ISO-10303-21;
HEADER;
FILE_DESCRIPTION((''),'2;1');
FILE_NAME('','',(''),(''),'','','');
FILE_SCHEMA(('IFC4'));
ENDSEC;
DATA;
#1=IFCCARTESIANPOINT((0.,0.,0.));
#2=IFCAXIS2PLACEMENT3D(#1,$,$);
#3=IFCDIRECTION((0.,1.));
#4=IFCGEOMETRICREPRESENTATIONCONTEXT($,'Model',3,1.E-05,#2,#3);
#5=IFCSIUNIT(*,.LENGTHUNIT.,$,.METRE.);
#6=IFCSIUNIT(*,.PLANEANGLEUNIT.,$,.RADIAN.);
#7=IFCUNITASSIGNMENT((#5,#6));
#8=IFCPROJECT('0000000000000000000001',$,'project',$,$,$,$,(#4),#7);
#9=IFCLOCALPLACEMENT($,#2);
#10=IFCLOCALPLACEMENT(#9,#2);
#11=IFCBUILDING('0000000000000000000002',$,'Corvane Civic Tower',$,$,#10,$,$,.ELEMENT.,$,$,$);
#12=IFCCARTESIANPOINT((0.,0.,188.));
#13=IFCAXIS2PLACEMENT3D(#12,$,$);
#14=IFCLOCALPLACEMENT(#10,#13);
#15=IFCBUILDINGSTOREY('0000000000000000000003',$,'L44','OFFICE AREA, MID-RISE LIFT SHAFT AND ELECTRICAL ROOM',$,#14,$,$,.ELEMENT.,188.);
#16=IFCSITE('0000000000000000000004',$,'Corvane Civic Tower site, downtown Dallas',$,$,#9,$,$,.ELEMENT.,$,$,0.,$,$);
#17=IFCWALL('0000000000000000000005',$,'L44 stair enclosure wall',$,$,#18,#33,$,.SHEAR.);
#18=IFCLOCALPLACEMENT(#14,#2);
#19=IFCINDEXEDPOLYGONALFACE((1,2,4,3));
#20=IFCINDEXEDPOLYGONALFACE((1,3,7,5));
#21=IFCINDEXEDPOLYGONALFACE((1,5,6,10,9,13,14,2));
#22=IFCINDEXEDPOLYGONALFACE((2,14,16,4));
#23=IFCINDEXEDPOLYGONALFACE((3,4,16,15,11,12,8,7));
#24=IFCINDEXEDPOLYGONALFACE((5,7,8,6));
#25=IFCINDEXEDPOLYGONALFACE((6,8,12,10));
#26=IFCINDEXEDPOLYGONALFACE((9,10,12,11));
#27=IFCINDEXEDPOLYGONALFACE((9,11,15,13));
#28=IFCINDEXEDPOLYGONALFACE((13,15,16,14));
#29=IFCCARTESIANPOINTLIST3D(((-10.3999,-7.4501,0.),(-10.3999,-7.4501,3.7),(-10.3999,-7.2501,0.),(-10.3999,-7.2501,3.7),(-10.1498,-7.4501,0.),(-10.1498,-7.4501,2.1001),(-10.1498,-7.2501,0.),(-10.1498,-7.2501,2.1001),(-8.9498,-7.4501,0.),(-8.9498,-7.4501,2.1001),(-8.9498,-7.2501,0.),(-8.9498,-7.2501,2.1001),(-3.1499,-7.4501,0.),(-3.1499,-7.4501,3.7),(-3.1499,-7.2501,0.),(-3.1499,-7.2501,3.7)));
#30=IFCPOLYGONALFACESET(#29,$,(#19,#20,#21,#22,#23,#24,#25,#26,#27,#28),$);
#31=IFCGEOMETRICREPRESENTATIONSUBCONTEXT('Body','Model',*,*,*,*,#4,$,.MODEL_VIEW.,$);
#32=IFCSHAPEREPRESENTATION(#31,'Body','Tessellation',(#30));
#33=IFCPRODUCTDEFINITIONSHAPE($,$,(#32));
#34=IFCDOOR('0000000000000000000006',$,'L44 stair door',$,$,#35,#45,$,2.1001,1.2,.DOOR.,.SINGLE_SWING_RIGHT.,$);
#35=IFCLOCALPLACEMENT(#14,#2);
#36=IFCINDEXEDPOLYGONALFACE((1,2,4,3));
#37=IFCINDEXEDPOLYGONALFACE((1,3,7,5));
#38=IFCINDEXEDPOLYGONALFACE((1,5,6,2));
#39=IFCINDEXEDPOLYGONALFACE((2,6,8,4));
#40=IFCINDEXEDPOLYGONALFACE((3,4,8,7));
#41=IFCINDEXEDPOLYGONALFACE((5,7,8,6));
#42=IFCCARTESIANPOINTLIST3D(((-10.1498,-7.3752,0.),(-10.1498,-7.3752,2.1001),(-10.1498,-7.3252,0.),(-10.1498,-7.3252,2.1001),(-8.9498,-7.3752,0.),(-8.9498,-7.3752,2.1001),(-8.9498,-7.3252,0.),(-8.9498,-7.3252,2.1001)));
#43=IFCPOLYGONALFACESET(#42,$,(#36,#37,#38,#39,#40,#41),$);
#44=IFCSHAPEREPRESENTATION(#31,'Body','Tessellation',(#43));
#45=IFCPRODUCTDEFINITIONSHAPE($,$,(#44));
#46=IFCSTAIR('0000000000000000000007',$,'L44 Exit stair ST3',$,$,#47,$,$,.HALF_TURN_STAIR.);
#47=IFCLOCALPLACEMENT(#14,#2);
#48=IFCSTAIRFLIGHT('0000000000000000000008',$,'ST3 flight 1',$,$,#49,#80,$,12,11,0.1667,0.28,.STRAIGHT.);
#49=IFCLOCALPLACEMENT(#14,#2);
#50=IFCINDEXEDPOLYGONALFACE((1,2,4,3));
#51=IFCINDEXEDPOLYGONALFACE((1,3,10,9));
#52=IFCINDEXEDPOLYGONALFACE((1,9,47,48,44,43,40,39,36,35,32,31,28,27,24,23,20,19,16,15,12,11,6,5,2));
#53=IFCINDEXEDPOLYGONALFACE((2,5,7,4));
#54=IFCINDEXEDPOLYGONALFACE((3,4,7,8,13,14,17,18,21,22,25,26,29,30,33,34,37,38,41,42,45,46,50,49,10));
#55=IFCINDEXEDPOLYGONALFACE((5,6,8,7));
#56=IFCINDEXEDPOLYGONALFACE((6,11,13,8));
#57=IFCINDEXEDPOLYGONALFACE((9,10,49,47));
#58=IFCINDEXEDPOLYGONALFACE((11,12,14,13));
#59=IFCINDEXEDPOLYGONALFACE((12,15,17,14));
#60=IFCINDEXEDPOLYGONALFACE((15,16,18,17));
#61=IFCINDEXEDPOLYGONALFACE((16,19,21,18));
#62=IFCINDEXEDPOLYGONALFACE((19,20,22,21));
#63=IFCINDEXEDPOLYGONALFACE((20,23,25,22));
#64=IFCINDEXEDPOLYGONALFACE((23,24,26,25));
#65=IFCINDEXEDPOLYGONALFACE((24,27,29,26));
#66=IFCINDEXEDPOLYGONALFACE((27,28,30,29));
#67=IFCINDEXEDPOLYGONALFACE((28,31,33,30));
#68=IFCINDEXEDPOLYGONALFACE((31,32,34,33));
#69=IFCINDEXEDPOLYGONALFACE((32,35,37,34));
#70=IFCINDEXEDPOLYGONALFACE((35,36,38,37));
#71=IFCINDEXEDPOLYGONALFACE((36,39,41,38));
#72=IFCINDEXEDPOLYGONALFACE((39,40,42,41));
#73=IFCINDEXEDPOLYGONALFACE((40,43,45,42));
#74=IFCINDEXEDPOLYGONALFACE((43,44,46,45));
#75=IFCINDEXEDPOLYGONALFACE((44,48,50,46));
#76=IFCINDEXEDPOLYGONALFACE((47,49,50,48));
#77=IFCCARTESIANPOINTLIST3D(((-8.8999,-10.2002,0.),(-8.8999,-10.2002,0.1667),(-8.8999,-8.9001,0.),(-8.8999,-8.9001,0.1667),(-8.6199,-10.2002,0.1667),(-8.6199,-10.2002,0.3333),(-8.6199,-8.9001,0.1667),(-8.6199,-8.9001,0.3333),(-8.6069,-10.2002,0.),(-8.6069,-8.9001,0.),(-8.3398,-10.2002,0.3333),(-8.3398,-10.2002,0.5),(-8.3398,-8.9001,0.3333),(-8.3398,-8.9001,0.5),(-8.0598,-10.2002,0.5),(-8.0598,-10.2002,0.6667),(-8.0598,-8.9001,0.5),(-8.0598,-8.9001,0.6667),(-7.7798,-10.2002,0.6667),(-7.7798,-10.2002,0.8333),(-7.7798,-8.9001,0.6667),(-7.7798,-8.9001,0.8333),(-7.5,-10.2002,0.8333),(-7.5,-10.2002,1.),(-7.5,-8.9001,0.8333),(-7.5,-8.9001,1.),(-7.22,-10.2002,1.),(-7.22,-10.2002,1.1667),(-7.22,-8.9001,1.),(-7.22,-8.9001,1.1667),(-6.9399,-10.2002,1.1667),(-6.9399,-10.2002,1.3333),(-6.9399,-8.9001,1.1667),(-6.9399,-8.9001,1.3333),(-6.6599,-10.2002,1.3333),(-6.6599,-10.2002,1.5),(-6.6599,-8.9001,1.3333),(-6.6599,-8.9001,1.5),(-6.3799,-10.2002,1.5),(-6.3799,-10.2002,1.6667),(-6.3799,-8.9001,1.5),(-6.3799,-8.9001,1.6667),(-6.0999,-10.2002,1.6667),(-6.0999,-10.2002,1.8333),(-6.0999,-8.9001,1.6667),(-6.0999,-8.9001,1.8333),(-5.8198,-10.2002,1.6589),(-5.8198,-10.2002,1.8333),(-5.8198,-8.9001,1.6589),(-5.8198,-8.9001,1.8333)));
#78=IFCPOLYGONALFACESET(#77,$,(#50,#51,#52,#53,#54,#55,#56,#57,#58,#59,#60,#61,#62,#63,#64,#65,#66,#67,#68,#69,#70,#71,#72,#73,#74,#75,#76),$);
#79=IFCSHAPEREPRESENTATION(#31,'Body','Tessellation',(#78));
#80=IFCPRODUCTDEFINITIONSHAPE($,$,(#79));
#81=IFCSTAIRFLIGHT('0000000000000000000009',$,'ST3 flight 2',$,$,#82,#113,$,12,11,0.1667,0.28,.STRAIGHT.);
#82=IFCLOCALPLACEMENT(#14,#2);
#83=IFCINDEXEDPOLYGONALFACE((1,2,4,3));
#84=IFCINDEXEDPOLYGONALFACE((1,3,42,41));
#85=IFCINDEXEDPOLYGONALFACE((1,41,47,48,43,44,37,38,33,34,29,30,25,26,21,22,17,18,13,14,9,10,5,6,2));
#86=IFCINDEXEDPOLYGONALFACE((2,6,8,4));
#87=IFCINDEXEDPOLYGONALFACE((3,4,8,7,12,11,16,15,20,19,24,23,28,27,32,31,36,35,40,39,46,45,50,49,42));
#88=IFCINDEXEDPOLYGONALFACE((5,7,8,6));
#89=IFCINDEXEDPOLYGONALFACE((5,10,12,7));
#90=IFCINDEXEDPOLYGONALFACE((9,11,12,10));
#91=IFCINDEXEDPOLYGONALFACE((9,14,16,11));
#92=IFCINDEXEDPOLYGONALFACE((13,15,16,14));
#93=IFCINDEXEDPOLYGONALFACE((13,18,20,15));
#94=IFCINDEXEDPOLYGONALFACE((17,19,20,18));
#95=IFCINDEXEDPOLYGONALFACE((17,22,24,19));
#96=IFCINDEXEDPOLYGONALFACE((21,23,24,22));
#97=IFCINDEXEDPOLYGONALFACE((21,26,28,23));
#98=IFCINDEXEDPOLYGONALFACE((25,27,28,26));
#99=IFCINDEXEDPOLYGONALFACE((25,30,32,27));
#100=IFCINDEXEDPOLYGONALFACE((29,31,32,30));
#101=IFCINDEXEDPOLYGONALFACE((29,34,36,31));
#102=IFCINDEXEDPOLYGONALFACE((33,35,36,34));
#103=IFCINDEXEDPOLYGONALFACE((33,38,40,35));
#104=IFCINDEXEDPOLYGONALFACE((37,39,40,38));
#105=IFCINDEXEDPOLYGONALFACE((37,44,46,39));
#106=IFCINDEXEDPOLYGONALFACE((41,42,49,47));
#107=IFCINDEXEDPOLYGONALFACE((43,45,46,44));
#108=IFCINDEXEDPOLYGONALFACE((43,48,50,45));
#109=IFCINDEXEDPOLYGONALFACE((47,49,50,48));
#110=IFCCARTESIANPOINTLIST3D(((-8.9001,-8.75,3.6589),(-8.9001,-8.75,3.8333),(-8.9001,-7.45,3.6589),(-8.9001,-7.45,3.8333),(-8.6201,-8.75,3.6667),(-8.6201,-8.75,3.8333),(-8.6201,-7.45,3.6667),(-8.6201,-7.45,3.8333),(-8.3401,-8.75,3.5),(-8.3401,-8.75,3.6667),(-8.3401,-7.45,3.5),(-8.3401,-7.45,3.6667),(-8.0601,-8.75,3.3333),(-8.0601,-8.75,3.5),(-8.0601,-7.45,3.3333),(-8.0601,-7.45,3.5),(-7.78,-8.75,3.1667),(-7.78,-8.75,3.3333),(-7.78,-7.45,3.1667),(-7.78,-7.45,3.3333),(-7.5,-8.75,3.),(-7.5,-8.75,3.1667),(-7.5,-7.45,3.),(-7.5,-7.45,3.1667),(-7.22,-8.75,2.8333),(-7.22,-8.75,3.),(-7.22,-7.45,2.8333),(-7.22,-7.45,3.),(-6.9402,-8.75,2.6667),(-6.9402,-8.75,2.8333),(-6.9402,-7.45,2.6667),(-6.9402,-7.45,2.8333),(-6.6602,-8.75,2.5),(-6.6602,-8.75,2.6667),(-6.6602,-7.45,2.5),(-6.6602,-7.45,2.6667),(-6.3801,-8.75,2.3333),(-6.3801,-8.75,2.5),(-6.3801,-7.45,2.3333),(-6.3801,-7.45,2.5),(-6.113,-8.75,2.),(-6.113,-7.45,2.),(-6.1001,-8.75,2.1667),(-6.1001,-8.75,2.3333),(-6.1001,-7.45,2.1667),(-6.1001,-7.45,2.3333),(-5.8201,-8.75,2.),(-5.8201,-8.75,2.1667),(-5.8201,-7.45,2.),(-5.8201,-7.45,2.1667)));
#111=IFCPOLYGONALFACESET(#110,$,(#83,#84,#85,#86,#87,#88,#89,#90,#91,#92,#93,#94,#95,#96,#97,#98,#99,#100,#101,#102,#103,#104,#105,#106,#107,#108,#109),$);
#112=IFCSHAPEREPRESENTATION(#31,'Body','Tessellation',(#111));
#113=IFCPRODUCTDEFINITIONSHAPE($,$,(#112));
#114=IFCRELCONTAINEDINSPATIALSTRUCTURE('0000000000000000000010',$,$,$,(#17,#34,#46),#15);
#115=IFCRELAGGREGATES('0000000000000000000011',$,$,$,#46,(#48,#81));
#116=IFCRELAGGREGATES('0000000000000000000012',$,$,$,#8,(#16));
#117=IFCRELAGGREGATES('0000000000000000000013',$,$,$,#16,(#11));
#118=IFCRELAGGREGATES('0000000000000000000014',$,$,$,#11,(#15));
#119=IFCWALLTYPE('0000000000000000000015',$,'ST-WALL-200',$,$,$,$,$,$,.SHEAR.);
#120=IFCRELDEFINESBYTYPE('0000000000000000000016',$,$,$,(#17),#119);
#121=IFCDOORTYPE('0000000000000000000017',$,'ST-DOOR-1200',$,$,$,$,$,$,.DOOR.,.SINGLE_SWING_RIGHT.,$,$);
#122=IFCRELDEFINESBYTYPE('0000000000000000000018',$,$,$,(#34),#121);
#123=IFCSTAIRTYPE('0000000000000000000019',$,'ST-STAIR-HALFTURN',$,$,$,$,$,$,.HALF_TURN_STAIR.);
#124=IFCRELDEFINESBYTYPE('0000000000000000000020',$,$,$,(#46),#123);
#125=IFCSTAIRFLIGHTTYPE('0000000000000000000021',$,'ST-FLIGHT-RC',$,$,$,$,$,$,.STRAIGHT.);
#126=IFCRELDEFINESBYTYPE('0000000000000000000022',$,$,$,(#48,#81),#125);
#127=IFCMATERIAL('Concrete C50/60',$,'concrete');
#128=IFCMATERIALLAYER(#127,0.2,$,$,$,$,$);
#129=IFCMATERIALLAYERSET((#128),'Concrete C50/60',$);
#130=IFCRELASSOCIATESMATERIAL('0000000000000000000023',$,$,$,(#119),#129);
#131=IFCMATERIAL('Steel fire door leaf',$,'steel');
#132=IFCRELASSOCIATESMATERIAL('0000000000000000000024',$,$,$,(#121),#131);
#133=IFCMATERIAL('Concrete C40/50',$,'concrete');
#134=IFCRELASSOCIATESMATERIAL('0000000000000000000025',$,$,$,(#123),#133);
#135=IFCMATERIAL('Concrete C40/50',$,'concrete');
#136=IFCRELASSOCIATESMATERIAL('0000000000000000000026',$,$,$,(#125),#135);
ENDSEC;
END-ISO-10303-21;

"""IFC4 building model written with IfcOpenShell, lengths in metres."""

from ifc_helpers import new_model, si_unit, direction, frame, frame_2d, origin, place, context, subcontext, project, spatial, polyline, rectangle, outline, extrude, material, layer, layer_set, type_object, element, fill, aggregate, save


model = new_model("IFC4")

# Units and contexts
model_context = context("Model", 3, precision=1e-05, world=origin(), true_north=direction((0.0, 1.0)))
body_context = subcontext(model_context, "Body", "Model", "MODEL_VIEW")
ifc_project = project(units=[si_unit("LENGTHUNIT", "METRE"), si_unit("PLANEANGLEUNIT", "RADIAN")], contexts=[model_context])

# Site, building, storey
site_placement = place(None, origin())
site = spatial("IfcSite", under=ifc_project, at=site_placement, Name="Corvane Civic Tower site, downtown Dallas", CompositionType="ELEMENT", RefElevation=0.0)
building_placement = place(site_placement, origin())
building = spatial("IfcBuilding", under=site, at=building_placement, Name="Corvane Civic Tower", CompositionType="ELEMENT")
storey_placement = place(building_placement, frame((0.0, 0.0, 188.0)))
storey = spatial("IfcBuildingStorey", under=building, at=storey_placement, Name="L44", Description="OFFICE AREA, MID-RISE LIFT SHAFT AND ELECTRICAL ROOM", CompositionType="ELEMENT", Elevation=188.0)

# Wall, opening, door
ifc_material_1 = material(Name="Concrete C50/60", Category="concrete")
ifc_layer_1 = layer(ifc_material_1, 0.2)
ifc_layer_set_1 = layer_set([ifc_layer_1], Name="Concrete C50/60")
wall_type_1 = type_object("IfcWallType", Name="ST-WALL-200", PredefinedType="SHEAR", material=ifc_layer_set_1)
wall_1_placement = place(storey_placement, frame((-10.3999, -7.3501, 0.0), z_axis=(0.0, 0.0, 1.0), x_axis=(1.0, 0.0, 0.0)))
wall_1 = element("IfcWall", 1, at=wall_1_placement, inside=storey, type_object=wall_type_1, Name="L44 stair enclosure wall", PredefinedType="SHEAR", context=body_context, shape_type="SweptSolid", body=[
    extrude(rectangle(XDim=7.25, YDim=0.2, at=frame_2d((3.625, 0.0))), origin(), (0.0, 0.0, 1.0), 3.7),
])
opening_1_placement = place(wall_1_placement, frame((0.25, 0.0, 0.0)))
opening_1 = element("IfcOpeningElement", 2, at=opening_1_placement, cuts=wall_1, PredefinedType="OPENING", context=body_context, shape_type="SweptSolid", body=[
    extrude(rectangle(XDim=1.2, YDim=2.1001, at=frame_2d((0.6001, 1.05))), frame((0.0, 0.1099, 0.0), z_axis=(0.0, -1.0, 0.0), x_axis=(1.0, 0.0, 0.0)), (0.0, 0.0, 1.0), 0.22),
])
ifc_material_2 = material(Name="Steel fire door leaf", Category="steel")
door_type_1 = type_object("IfcDoorType", Name="ST-DOOR-1200", OperationType="SINGLE_SWING_RIGHT", PredefinedType="DOOR", material=ifc_material_2)
door_1_placement = place(opening_1_placement, origin())
door_1 = element("IfcDoor", 3, at=door_1_placement, inside=storey, type_object=door_type_1, Name="L44 stair door", OperationType="SINGLE_SWING_RIGHT", OverallHeight=2.1001, OverallWidth=1.2, PredefinedType="DOOR", context=body_context, shape_type="SweptSolid", body=[
    extrude(rectangle(XDim=1.2, YDim=2.1001, at=frame_2d((0.6001, 1.05))), frame((0.0, 0.0249, 0.0), z_axis=(0.0, -1.0, 0.0), x_axis=(1.0, 0.0, 0.0)), (0.0, 0.0, 1.0), 0.05),
])
fill(opening_1, door_1)

# Stair, stair flights
ifc_material_3 = material(Name="Concrete C40/50", Category="concrete")
stair_type = type_object("IfcStairType", Name="ST-STAIR-HALFTURN", PredefinedType="HALF_TURN_STAIR", material=ifc_material_3)
stair_placement = place(storey_placement, origin())
stair = element("IfcStair", 4, at=stair_placement, inside=storey, type_object=stair_type, Name="L44 Exit stair ST3", PredefinedType="HALF_TURN_STAIR")
ifc_material_4 = material(Name="Concrete C40/50", Category="concrete")
stair_flight_type = type_object("IfcStairFlightType", Name="ST-FLIGHT-RC", PredefinedType="STRAIGHT", material=ifc_material_4)
stair_flight_1_placement = place(storey_placement, frame((-8.8999, -9.55, 0.0), z_axis=(0.0, 0.0, 1.0), x_axis=(1.0, 0.0, 0.0)))
stair_flight_1 = element("IfcStairFlight", 5, at=stair_flight_1_placement, type_object=stair_flight_type, Name="ST3 flight 1", NumberOfRisers=12, NumberOfTreads=11, PredefinedType="STRAIGHT", RiserHeight=0.1667, TreadLength=0.28, context=body_context, shape_type="SweptSolid", body=[
    extrude(outline(polyline([(0.0, 0.0), (0.0, 0.1667), (0.28, 0.1667), (0.28, 0.3333), (0.5601, 0.3333), (0.5601, 0.5), (0.8401, 0.5), (0.8401, 0.6667), (1.1201, 0.6667), (1.1201, 0.8333), (1.3999, 0.8333), (1.3999, 1.0), (1.6799, 1.0), (1.6799, 1.1667), (1.96, 1.1667), (1.96, 1.3333), (2.24, 1.3333), (2.24, 1.5), (2.52, 1.5), (2.52, 1.6667), (2.8, 1.6667), (2.8, 1.8333), (3.0801, 1.8333), (3.0801, 2.0), (3.0801, 1.6589), (0.293, 0.0), (0.0, 0.0)])), frame((0.0, 0.6499, 0.0), z_axis=(0.0, -1.0, 0.0), x_axis=(1.0, 0.0, 0.0)), (0.0, 0.0, 1.0), 1.3),
])
stair_flight_2_placement = place(storey_placement, frame((-5.8201, -8.1001, 2.0), z_axis=(0.0, 0.0, 1.0), x_axis=(-1.0, 0.0, 0.0)))
stair_flight_2 = element("IfcStairFlight", 6, at=stair_flight_2_placement, type_object=stair_flight_type, Name="ST3 flight 2", NumberOfRisers=12, NumberOfTreads=11, PredefinedType="STRAIGHT", RiserHeight=0.1667, TreadLength=0.28, context=body_context, shape_type="SweptSolid", body=[
    extrude(outline(polyline([(0.0, 0.0), (0.0, 0.1667), (0.28, 0.1667), (0.28, 0.3333), (0.5601, 0.3333), (0.5601, 0.5), (0.8401, 0.5), (0.8401, 0.6667), (1.1201, 0.6667), (1.1201, 0.8333), (1.3999, 0.8333), (1.3999, 1.0), (1.6799, 1.0), (1.6799, 1.1667), (1.96, 1.1667), (1.96, 1.3333), (2.24, 1.3333), (2.24, 1.5), (2.52, 1.5), (2.52, 1.6667), (2.8, 1.6667), (2.8, 1.8333), (3.0801, 1.8333), (3.0801, 2.0), (3.0801, 1.6589), (0.293, 0.0), (0.0, 0.0)])), frame((0.0, 0.6499, 0.0), z_axis=(0.0, -1.0, 0.0), x_axis=(1.0, 0.0, 0.0)), (0.0, 0.0, 1.0), 1.3),
])
aggregate(stair, [stair_flight_1, stair_flight_2])

save(model, "model.ifc")
